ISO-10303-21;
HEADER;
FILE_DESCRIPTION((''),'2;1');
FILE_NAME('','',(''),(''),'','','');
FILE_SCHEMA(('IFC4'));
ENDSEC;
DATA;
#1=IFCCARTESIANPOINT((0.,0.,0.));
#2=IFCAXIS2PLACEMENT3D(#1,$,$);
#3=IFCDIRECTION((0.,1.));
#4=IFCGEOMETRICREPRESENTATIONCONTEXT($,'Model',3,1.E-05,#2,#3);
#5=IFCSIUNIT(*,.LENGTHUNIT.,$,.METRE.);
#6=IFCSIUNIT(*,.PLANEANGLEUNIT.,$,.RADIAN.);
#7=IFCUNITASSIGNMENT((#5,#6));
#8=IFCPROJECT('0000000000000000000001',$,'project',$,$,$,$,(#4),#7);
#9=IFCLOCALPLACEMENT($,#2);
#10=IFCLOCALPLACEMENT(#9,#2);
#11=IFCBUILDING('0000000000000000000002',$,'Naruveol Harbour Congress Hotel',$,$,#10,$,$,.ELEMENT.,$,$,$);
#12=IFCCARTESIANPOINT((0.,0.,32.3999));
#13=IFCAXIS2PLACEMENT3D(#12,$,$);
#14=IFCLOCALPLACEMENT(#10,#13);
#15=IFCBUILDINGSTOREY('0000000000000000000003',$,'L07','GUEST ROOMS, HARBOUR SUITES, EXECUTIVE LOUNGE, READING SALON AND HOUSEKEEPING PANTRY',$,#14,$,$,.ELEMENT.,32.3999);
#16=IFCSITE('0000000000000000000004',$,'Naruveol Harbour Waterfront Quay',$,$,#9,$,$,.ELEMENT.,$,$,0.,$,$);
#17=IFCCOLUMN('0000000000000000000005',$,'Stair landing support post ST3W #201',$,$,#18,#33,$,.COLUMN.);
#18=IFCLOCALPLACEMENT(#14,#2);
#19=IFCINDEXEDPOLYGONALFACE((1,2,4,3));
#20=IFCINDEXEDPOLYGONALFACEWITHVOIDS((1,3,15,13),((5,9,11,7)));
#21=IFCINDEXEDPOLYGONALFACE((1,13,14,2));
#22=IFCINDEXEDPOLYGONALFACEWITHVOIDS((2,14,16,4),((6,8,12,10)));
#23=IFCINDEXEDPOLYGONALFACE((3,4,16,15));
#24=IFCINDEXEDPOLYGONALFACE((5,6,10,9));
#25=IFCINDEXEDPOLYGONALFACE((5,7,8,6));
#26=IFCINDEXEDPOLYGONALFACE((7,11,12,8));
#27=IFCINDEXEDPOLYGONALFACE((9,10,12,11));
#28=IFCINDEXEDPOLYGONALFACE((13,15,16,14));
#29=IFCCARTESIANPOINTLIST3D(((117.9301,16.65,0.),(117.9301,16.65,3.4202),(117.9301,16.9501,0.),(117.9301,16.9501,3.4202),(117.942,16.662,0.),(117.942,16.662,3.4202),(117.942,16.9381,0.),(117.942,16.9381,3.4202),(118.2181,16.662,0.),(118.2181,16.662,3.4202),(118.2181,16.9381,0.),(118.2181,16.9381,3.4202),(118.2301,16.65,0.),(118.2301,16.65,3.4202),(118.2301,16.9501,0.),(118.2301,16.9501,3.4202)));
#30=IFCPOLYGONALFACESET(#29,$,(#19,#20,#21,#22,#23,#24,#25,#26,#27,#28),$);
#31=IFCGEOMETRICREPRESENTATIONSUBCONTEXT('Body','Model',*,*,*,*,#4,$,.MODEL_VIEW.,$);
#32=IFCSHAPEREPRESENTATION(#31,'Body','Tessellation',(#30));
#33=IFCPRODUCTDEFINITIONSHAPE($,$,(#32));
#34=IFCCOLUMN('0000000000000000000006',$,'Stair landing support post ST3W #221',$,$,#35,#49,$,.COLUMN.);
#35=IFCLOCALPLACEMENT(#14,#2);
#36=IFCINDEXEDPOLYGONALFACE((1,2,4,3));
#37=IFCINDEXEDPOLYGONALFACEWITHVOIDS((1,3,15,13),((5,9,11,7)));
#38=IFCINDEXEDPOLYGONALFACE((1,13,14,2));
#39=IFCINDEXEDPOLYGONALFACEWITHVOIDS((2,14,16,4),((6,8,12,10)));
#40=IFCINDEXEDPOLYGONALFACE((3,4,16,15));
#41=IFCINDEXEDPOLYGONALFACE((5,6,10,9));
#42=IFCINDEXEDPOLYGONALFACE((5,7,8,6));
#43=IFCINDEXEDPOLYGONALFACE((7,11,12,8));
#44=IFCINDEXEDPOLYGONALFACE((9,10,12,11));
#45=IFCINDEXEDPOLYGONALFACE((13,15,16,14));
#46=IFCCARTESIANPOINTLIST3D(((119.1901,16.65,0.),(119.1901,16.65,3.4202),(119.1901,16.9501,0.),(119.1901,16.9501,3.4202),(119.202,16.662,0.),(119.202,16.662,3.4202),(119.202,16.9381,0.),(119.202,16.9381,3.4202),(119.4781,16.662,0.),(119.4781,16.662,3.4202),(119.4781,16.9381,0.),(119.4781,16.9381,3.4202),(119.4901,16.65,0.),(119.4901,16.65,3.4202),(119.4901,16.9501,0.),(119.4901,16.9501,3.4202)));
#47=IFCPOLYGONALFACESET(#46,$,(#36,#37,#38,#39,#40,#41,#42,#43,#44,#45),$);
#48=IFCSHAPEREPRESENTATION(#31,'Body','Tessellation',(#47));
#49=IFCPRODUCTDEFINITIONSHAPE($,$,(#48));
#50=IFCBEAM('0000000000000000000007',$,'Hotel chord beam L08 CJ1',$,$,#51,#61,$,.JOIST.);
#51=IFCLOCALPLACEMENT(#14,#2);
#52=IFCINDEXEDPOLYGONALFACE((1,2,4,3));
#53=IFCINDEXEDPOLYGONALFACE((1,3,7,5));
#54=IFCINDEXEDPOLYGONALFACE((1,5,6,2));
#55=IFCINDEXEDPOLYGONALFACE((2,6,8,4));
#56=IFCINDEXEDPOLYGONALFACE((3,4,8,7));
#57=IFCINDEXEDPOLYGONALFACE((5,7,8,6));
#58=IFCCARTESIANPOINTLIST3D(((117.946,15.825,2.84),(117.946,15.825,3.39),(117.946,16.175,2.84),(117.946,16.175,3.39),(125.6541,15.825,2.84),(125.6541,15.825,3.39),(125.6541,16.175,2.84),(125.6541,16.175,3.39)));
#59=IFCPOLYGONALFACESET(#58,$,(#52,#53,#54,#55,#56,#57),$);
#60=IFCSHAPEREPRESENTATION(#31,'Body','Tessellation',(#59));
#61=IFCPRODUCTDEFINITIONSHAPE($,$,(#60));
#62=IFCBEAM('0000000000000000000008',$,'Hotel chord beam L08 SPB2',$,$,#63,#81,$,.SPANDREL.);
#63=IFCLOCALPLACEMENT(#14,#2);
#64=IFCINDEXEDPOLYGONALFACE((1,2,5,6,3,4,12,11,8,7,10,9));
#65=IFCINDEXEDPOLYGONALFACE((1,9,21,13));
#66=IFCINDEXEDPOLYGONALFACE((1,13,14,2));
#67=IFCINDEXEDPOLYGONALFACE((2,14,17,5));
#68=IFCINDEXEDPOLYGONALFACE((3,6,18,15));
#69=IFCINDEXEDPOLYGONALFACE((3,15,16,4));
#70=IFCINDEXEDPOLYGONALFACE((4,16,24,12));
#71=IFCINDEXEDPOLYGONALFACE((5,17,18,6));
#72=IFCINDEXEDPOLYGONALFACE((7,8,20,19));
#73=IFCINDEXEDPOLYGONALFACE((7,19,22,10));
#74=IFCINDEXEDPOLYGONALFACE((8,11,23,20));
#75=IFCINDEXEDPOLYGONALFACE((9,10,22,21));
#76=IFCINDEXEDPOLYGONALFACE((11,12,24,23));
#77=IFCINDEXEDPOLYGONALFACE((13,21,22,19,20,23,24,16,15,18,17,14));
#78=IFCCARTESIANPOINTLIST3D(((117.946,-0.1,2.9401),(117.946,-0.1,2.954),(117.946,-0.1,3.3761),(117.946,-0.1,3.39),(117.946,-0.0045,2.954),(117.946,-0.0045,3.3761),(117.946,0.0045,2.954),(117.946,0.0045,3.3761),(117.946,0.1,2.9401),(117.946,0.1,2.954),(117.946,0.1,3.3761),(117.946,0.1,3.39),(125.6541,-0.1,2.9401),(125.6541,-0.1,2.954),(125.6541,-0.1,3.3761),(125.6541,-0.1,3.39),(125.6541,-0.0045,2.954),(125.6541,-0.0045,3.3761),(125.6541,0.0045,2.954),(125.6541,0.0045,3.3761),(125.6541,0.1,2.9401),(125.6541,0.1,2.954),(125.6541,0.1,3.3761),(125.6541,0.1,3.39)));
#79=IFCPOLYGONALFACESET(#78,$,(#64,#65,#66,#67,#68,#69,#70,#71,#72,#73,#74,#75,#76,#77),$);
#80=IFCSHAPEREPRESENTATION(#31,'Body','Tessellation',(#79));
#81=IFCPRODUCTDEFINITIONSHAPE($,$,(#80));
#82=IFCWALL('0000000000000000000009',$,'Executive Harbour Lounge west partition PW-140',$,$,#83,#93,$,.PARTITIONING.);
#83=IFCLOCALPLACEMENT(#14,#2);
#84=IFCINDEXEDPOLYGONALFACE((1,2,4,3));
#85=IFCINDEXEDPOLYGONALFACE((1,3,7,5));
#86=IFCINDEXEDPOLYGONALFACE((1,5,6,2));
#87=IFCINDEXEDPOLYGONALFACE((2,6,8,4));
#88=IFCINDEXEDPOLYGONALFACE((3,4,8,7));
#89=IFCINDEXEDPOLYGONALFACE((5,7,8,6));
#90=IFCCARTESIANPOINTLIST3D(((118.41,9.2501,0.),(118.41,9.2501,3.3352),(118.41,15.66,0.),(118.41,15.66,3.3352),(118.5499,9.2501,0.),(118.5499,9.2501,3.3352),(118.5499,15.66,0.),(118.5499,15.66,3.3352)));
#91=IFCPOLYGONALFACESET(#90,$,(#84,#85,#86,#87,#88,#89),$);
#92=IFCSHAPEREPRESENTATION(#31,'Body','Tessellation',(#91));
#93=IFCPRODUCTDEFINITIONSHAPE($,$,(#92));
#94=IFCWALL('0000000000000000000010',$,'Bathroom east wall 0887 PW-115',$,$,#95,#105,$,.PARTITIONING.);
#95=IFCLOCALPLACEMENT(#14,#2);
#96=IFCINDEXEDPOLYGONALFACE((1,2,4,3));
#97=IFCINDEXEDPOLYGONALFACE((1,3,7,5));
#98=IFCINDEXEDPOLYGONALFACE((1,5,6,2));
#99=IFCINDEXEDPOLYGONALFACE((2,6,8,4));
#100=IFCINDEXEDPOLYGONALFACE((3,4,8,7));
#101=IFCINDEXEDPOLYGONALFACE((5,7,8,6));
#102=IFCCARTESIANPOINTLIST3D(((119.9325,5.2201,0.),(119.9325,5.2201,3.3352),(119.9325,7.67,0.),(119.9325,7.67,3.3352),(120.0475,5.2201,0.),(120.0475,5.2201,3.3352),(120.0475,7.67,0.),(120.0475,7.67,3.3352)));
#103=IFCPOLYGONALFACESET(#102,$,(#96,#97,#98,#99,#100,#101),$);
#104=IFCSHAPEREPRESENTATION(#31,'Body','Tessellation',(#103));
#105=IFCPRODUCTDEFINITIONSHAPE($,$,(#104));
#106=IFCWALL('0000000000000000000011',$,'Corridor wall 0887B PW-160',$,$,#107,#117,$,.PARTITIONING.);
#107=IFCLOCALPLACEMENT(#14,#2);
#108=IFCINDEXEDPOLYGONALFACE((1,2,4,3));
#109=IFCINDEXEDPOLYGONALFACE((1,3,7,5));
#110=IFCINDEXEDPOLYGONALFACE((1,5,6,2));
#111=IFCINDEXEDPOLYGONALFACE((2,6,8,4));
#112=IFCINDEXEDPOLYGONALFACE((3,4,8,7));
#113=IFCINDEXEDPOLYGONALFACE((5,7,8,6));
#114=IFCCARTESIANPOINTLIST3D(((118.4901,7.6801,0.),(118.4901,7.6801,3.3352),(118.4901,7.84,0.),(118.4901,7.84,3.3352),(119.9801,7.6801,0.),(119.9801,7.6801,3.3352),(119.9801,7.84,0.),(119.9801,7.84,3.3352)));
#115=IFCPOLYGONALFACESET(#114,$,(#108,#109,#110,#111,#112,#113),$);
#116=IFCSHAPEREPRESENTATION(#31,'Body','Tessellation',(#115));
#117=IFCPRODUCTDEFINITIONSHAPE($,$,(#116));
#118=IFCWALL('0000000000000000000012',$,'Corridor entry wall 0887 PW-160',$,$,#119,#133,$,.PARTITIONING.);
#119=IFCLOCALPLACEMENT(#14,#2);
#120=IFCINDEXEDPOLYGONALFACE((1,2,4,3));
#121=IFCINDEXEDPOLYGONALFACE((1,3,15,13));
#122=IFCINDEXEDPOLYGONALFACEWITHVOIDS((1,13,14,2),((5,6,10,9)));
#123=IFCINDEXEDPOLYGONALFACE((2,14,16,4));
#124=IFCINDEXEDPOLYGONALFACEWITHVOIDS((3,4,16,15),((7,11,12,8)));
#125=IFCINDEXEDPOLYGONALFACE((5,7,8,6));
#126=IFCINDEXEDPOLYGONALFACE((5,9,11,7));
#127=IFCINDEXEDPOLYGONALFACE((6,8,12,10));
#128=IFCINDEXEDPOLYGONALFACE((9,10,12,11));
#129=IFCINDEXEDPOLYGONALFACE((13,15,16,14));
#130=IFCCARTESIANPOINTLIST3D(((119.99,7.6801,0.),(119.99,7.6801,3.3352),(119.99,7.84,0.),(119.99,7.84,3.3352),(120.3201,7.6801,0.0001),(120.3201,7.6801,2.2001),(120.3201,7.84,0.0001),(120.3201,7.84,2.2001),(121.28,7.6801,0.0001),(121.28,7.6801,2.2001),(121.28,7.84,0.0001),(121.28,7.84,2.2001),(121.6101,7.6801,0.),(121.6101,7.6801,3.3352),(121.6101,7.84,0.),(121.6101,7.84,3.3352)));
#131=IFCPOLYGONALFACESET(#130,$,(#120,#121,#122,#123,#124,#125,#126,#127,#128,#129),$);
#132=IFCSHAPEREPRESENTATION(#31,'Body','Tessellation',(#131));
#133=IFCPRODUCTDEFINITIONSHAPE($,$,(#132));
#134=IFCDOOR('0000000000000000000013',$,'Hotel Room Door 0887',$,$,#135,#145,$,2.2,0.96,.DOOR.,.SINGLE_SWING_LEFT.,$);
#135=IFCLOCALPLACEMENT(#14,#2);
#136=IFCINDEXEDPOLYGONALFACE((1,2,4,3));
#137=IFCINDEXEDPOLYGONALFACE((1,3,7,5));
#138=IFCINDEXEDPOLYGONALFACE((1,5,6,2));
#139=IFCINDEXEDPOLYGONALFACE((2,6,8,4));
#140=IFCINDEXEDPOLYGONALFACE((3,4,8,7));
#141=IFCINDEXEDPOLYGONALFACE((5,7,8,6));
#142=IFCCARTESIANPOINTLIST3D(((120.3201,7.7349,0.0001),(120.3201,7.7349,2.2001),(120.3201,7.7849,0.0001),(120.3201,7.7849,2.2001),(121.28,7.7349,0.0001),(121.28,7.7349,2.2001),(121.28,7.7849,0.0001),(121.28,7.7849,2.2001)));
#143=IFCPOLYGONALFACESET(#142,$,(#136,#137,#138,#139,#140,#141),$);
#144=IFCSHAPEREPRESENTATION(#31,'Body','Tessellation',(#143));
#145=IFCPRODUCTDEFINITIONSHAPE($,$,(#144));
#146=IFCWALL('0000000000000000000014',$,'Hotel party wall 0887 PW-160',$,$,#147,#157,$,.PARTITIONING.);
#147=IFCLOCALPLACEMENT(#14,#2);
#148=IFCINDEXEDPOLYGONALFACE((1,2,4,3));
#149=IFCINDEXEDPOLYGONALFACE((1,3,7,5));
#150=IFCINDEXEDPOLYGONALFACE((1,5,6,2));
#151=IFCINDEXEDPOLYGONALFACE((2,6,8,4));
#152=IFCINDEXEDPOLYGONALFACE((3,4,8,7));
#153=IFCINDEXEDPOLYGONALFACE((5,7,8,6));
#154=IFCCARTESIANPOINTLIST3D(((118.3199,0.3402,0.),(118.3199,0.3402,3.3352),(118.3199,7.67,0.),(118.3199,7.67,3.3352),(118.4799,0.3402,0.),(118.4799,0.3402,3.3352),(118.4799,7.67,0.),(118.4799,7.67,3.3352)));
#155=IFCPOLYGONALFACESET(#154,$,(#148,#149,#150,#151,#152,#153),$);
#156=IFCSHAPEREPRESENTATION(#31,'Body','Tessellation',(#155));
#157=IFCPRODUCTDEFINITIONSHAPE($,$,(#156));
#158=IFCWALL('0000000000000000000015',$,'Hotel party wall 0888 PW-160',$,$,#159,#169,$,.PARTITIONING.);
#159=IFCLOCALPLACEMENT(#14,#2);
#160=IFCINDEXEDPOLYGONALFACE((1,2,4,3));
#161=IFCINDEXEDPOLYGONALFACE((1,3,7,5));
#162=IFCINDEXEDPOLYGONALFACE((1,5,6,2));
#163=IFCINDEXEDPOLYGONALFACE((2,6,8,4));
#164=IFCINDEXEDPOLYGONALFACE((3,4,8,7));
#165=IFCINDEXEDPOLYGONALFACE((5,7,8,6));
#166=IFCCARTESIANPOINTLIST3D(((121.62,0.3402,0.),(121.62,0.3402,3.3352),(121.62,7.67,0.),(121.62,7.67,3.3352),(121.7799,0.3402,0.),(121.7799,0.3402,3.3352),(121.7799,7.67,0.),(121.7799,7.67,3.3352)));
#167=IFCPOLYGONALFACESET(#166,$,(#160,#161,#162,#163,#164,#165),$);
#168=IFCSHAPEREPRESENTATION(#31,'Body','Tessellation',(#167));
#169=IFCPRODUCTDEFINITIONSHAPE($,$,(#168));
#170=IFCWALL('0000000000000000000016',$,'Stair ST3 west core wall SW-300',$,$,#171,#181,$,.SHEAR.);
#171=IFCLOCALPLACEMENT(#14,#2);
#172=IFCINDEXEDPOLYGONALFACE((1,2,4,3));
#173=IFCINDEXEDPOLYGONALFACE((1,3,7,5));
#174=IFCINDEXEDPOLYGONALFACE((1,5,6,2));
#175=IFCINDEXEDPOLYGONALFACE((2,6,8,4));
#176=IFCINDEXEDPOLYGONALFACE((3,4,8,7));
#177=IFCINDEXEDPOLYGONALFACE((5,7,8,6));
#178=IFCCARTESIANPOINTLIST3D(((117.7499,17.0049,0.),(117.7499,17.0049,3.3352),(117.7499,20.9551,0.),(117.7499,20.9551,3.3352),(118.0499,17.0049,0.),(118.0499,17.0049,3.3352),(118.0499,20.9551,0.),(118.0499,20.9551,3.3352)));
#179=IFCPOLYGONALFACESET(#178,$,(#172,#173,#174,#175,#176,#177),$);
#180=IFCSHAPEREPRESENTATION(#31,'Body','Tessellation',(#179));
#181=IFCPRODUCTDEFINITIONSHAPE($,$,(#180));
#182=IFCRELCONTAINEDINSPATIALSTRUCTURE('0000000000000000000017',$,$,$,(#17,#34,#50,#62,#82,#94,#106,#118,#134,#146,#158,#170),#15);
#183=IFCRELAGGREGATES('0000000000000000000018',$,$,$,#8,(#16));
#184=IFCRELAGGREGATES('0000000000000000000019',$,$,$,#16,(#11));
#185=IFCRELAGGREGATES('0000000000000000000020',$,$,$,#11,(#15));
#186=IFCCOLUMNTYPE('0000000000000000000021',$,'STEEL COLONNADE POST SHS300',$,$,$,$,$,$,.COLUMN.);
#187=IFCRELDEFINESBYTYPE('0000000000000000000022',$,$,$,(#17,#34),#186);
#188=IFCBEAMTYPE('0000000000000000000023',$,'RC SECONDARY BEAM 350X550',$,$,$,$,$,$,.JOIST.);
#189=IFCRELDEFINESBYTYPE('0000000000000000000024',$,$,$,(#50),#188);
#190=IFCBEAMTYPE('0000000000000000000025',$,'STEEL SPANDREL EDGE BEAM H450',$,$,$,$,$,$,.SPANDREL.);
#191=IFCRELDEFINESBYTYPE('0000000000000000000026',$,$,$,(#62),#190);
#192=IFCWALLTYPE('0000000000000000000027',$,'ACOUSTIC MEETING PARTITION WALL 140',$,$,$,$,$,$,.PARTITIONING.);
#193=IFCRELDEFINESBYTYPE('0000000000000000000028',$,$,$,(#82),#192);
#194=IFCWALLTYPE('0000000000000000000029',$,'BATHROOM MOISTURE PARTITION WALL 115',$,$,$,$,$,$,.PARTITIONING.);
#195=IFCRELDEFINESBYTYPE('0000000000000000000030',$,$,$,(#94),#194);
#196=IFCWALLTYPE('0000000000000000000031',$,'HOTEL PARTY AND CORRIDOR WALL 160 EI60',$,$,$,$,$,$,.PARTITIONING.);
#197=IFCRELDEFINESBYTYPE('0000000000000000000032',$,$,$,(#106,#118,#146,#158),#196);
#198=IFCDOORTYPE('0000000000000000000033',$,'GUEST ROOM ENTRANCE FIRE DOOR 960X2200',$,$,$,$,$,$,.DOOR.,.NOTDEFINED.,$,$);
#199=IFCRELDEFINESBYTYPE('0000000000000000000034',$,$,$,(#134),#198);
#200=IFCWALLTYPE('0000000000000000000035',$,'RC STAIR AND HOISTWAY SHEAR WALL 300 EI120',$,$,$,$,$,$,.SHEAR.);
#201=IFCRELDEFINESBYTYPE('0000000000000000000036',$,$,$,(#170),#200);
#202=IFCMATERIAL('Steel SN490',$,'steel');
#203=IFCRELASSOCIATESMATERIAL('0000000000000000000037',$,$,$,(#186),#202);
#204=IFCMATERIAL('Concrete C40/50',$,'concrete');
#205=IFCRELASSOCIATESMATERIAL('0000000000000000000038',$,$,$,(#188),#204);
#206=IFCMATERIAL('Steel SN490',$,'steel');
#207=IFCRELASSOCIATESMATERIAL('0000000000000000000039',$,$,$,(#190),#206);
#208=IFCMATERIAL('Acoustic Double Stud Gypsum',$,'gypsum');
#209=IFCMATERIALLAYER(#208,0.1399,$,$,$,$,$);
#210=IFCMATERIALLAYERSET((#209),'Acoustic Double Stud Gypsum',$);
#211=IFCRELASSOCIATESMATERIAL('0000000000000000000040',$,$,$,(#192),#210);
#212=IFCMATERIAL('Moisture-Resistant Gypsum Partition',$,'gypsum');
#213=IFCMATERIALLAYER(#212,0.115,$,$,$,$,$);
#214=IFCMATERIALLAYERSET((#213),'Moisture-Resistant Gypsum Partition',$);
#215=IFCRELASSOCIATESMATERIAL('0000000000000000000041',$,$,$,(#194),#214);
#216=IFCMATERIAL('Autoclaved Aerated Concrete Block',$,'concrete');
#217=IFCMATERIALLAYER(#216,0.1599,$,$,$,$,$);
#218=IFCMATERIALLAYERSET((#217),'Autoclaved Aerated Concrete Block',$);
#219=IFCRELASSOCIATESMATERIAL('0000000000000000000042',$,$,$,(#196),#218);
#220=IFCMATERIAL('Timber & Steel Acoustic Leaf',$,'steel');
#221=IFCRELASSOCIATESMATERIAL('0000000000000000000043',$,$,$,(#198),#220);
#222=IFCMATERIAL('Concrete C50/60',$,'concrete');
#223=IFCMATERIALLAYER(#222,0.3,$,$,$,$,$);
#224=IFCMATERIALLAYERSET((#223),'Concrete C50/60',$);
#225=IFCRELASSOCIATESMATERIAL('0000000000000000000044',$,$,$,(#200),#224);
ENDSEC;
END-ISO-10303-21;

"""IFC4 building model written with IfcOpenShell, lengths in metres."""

from ifc_helpers import new_model, si_unit, direction, frame, frame_2d, origin, origin_2d, place, context, subcontext, project, spatial, rectangle, hollow_rectangle, i_section, extrude, material, layer, layer_set, material_profile, profile_set, type_object, element, fill, save


model = new_model("IFC4")

# Units and contexts
model_context = context("Model", 3, precision=1e-05, world=origin(), true_north=direction((0.0, 1.0)))
body_context = subcontext(model_context, "Body", "Model", "MODEL_VIEW")
ifc_project = project(units=[si_unit("LENGTHUNIT", "METRE"), si_unit("PLANEANGLEUNIT", "RADIAN")], contexts=[model_context])

# Site, building, storey
site_placement = place(None, origin())
site = spatial("IfcSite", under=ifc_project, at=site_placement, Name="Naruveol Harbour Waterfront Quay", CompositionType="ELEMENT", RefElevation=0.0)
building_placement = place(site_placement, origin())
building = spatial("IfcBuilding", under=site, at=building_placement, Name="Naruveol Harbour Congress Hotel", CompositionType="ELEMENT")
storey_placement = place(building_placement, frame((0.0, 0.0, 32.3999)))
storey = spatial("IfcBuildingStorey", under=building, at=storey_placement, Name="L07", Description="GUEST ROOMS, HARBOUR SUITES, EXECUTIVE LOUNGE, READING SALON AND HOUSEKEEPING PANTRY", CompositionType="ELEMENT", Elevation=32.3999)

# Columns
ifc_material_1 = material(Name="Steel SN490", Category="steel")
ifc_material_profile_1 = material_profile(ifc_material_1, hollow_rectangle(XDim=0.3, YDim=0.3, WallThickness=0.012, at=origin_2d()), Name="SHS-300x300x12")
ifc_profile_set_1 = profile_set([ifc_material_profile_1], Name="Steel SN490")
column_type = type_object("IfcColumnType", Name="STEEL COLONNADE POST SHS300", PredefinedType="COLUMN", material=ifc_profile_set_1)
for number, where, z_axis, x_axis, name in (
    (1, (118.0801, 16.8, 0.0), (0.0, 0.0, 1.0), (1.0, 0.0, 0.0), "Stair landing support post ST3W #201"),
    (2, (119.3401, 16.8, 0.0), (0.0, 0.0, 1.0), (1.0, 0.0, 0.0), "Stair landing support post ST3W #221"),
):
    element("IfcColumn", number, at=place(storey_placement, frame(where, z_axis=z_axis, x_axis=x_axis)), inside=storey, type_object=column_type, Name=name, PredefinedType="COLUMN", context=body_context, shape_type="SweptSolid", body=[
        extrude(hollow_rectangle(XDim=0.3, YDim=0.3, WallThickness=0.012, at=origin_2d()), origin(), (0.0, 0.0, 1.0), 3.4202),
    ])

# Beams
ifc_material_2 = material(Name="Concrete C40/50", Category="concrete")
ifc_material_profile_2 = material_profile(ifc_material_2, rectangle(XDim=0.3501, YDim=0.55, at=origin_2d()), Name="RCB-350x550")
ifc_profile_set_2 = profile_set([ifc_material_profile_2], Name="Concrete C40/50")
beam_type_1 = type_object("IfcBeamType", Name="RC SECONDARY BEAM 350X550", PredefinedType="JOIST", material=ifc_profile_set_2)
beam_1_placement = place(storey_placement, frame((117.946, 16.0, 3.115), z_axis=(1.0, 0.0, 0.0), x_axis=(0.0, 1.0, 0.0)))
element("IfcBeam", 3, at=beam_1_placement, inside=storey, type_object=beam_type_1, Name="Hotel chord beam L08 CJ1", PredefinedType="JOIST", context=body_context, shape_type="SweptSolid", body=[
    extrude(rectangle(XDim=0.3501, YDim=0.55, at=origin_2d()), origin(), (0.0, 0.0, 1.0), 7.708),
])
ifc_material_3 = material(Name="Steel SN490", Category="steel")
ifc_material_profile_3 = material_profile(ifc_material_3, i_section(OverallWidth=0.2, OverallDepth=0.45, WebThickness=0.009, FlangeThickness=0.0139, at=origin_2d()), Name="H-450x200x9x14")
ifc_profile_set_3 = profile_set([ifc_material_profile_3], Name="Steel SN490")
beam_type_2 = type_object("IfcBeamType", Name="STEEL SPANDREL EDGE BEAM H450", PredefinedType="SPANDREL", material=ifc_profile_set_3)
beam_2_placement = place(storey_placement, frame((117.946, 0.0, 3.165), z_axis=(1.0, 0.0, 0.0), x_axis=(0.0, 1.0, 0.0)))
element("IfcBeam", 4, at=beam_2_placement, inside=storey, type_object=beam_type_2, Name="Hotel chord beam L08 SPB2", PredefinedType="SPANDREL", context=body_context, shape_type="SweptSolid", body=[
    extrude(i_section(OverallWidth=0.2, OverallDepth=0.45, WebThickness=0.009, FlangeThickness=0.0139, at=origin_2d()), origin(), (0.0, 0.0, 1.0), 7.708),
])

# Shared definitions
ifc_material_4 = material(Name="Acoustic Double Stud Gypsum", Category="gypsum")
ifc_layer_1 = layer(ifc_material_4, 0.1399)
ifc_layer_set_1 = layer_set([ifc_layer_1], Name="Acoustic Double Stud Gypsum")
wall_type_1 = type_object("IfcWallType", Name="ACOUSTIC MEETING PARTITION WALL 140", PredefinedType="PARTITIONING", material=ifc_layer_set_1)

# Walls
wall_1_placement = place(storey_placement, frame((118.48, 9.25, 0.0), z_axis=(0.0, 0.0, 1.0), x_axis=(0.0, 1.0, 0.0)))
element("IfcWall", 5, at=wall_1_placement, inside=storey, type_object=wall_type_1, Name="Executive Harbour Lounge west partition PW-140", PredefinedType="PARTITIONING", context=body_context, shape_type="SweptSolid", body=[
    extrude(rectangle(XDim=6.4099, YDim=0.1399, at=frame_2d((3.2051, 0.0))), origin(), (0.0, 0.0, 1.0), 3.3352),
])
ifc_material_5 = material(Name="Moisture-Resistant Gypsum Partition", Category="gypsum")
ifc_layer_2 = layer(ifc_material_5, 0.115)
ifc_layer_set_2 = layer_set([ifc_layer_2], Name="Moisture-Resistant Gypsum Partition")
wall_type_2 = type_object("IfcWallType", Name="BATHROOM MOISTURE PARTITION WALL 115", PredefinedType="PARTITIONING", material=ifc_layer_set_2)
wall_2_placement = place(storey_placement, frame((119.99, 5.22, 0.0), z_axis=(0.0, 0.0, 1.0), x_axis=(0.0, 1.0, 0.0)))
element("IfcWall", 6, at=wall_2_placement, inside=storey, type_object=wall_type_2, Name="Bathroom east wall 0887 PW-115", PredefinedType="PARTITIONING", context=body_context, shape_type="SweptSolid", body=[
    extrude(rectangle(XDim=2.45, YDim=0.115, at=frame_2d((1.2251, 0.0))), origin(), (0.0, 0.0, 1.0), 3.3352),
])

# Wall
ifc_material_6 = material(Name="Autoclaved Aerated Concrete Block", Category="concrete")
ifc_layer_3 = layer(ifc_material_6, 0.1599)
ifc_layer_set_3 = layer_set([ifc_layer_3], Name="Autoclaved Aerated Concrete Block")
wall_type_3 = type_object("IfcWallType", Name="HOTEL PARTY AND CORRIDOR WALL 160 EI60", PredefinedType="PARTITIONING", material=ifc_layer_set_3)
wall_3_placement = place(storey_placement, frame((118.49, 7.76, 0.0), z_axis=(0.0, 0.0, 1.0), x_axis=(1.0, 0.0, 0.0)))
element("IfcWall", 7, at=wall_3_placement, inside=storey, type_object=wall_type_3, Name="Corridor wall 0887B PW-160", PredefinedType="PARTITIONING", context=body_context, shape_type="SweptSolid", body=[
    extrude(rectangle(XDim=1.49, YDim=0.1599, at=frame_2d((0.7451, 0.0))), origin(), (0.0, 0.0, 1.0), 3.3352),
])

# Wall, opening, door
wall_4_placement = place(storey_placement, frame((119.99, 7.76, 0.0), z_axis=(0.0, 0.0, 1.0), x_axis=(1.0, 0.0, 0.0)))
wall_4 = element("IfcWall", 8, at=wall_4_placement, inside=storey, type_object=wall_type_3, Name="Corridor entry wall 0887 PW-160", PredefinedType="PARTITIONING", context=body_context, shape_type="SweptSolid", body=[
    extrude(rectangle(XDim=1.6201, YDim=0.1599, at=frame_2d((0.8101, 0.0))), origin(), (0.0, 0.0, 1.0), 3.3352),
])
opening_1_placement = place(wall_4_placement, frame((0.3301, 0.0, 0.0)))
opening_1 = element("IfcOpeningElement", 9, at=opening_1_placement, cuts=wall_4, PredefinedType="OPENING", context=body_context, shape_type="SweptSolid", body=[
    extrude(rectangle(XDim=0.96, YDim=2.2, at=frame_2d((0.48, 1.1001))), frame((0.0, 0.0898, 0.0), z_axis=(0.0, -1.0, 0.0), x_axis=(1.0, 0.0, 0.0)), (0.0, 0.0, 1.0), 0.1799),
])
ifc_material_7 = material(Name="Timber & Steel Acoustic Leaf", Category="steel")
door_type_1 = type_object("IfcDoorType", Name="GUEST ROOM ENTRANCE FIRE DOOR 960X2200", OperationType="NOTDEFINED", PredefinedType="DOOR", material=ifc_material_7)
door_1_placement = place(opening_1_placement, origin())
door_1 = element("IfcDoor", 10, at=door_1_placement, inside=storey, type_object=door_type_1, Name="Hotel Room Door 0887", OperationType="SINGLE_SWING_LEFT", OverallHeight=2.2, OverallWidth=0.96, PredefinedType="DOOR", context=body_context, shape_type="SweptSolid", body=[
    extrude(rectangle(XDim=0.96, YDim=2.2, at=frame_2d((0.48, 1.1001))), frame((0.0, 0.0249, 0.0), z_axis=(0.0, -1.0, 0.0), x_axis=(1.0, 0.0, 0.0)), (0.0, 0.0, 1.0), 0.05),
])
fill(opening_1, door_1)

# Walls
for number, where, z_axis, x_axis, name in (
    (11, (118.3999, 0.3401, 0.0), (0.0, 0.0, 1.0), (0.0, 1.0, 0.0), "Hotel party wall 0887 PW-160"),
    (12, (121.7, 0.3401, 0.0), (0.0, 0.0, 1.0), (0.0, 1.0, 0.0), "Hotel party wall 0888 PW-160"),
):
    element("IfcWall", number, at=place(storey_placement, frame(where, z_axis=z_axis, x_axis=x_axis)), inside=storey, type_object=wall_type_3, Name=name, PredefinedType="PARTITIONING", context=body_context, shape_type="SweptSolid", body=[
        extrude(rectangle(XDim=7.3298, YDim=0.1599, at=frame_2d((3.665, 0.0))), origin(), (0.0, 0.0, 1.0), 3.3352),
    ])
ifc_material_8 = material(Name="Concrete C50/60", Category="concrete")
ifc_layer_4 = layer(ifc_material_8, 0.3)
ifc_layer_set_4 = layer_set([ifc_layer_4], Name="Concrete C50/60")
wall_type_4 = type_object("IfcWallType", Name="RC STAIR AND HOISTWAY SHEAR WALL 300 EI120", PredefinedType="SHEAR", material=ifc_layer_set_4)
wall_5_placement = place(storey_placement, frame((117.8999, 17.0049, 0.0), z_axis=(0.0, 0.0, 1.0), x_axis=(0.0, 1.0, 0.0)))
element("IfcWall", 13, at=wall_5_placement, inside=storey, type_object=wall_type_4, Name="Stair ST3 west core wall SW-300", PredefinedType="SHEAR", context=body_context, shape_type="SweptSolid", body=[
    extrude(rectangle(XDim=3.9502, YDim=0.3, at=frame_2d((1.9751, 0.0))), origin(), (0.0, 0.0, 1.0), 3.3352),
])

save(model, "model.ifc")
